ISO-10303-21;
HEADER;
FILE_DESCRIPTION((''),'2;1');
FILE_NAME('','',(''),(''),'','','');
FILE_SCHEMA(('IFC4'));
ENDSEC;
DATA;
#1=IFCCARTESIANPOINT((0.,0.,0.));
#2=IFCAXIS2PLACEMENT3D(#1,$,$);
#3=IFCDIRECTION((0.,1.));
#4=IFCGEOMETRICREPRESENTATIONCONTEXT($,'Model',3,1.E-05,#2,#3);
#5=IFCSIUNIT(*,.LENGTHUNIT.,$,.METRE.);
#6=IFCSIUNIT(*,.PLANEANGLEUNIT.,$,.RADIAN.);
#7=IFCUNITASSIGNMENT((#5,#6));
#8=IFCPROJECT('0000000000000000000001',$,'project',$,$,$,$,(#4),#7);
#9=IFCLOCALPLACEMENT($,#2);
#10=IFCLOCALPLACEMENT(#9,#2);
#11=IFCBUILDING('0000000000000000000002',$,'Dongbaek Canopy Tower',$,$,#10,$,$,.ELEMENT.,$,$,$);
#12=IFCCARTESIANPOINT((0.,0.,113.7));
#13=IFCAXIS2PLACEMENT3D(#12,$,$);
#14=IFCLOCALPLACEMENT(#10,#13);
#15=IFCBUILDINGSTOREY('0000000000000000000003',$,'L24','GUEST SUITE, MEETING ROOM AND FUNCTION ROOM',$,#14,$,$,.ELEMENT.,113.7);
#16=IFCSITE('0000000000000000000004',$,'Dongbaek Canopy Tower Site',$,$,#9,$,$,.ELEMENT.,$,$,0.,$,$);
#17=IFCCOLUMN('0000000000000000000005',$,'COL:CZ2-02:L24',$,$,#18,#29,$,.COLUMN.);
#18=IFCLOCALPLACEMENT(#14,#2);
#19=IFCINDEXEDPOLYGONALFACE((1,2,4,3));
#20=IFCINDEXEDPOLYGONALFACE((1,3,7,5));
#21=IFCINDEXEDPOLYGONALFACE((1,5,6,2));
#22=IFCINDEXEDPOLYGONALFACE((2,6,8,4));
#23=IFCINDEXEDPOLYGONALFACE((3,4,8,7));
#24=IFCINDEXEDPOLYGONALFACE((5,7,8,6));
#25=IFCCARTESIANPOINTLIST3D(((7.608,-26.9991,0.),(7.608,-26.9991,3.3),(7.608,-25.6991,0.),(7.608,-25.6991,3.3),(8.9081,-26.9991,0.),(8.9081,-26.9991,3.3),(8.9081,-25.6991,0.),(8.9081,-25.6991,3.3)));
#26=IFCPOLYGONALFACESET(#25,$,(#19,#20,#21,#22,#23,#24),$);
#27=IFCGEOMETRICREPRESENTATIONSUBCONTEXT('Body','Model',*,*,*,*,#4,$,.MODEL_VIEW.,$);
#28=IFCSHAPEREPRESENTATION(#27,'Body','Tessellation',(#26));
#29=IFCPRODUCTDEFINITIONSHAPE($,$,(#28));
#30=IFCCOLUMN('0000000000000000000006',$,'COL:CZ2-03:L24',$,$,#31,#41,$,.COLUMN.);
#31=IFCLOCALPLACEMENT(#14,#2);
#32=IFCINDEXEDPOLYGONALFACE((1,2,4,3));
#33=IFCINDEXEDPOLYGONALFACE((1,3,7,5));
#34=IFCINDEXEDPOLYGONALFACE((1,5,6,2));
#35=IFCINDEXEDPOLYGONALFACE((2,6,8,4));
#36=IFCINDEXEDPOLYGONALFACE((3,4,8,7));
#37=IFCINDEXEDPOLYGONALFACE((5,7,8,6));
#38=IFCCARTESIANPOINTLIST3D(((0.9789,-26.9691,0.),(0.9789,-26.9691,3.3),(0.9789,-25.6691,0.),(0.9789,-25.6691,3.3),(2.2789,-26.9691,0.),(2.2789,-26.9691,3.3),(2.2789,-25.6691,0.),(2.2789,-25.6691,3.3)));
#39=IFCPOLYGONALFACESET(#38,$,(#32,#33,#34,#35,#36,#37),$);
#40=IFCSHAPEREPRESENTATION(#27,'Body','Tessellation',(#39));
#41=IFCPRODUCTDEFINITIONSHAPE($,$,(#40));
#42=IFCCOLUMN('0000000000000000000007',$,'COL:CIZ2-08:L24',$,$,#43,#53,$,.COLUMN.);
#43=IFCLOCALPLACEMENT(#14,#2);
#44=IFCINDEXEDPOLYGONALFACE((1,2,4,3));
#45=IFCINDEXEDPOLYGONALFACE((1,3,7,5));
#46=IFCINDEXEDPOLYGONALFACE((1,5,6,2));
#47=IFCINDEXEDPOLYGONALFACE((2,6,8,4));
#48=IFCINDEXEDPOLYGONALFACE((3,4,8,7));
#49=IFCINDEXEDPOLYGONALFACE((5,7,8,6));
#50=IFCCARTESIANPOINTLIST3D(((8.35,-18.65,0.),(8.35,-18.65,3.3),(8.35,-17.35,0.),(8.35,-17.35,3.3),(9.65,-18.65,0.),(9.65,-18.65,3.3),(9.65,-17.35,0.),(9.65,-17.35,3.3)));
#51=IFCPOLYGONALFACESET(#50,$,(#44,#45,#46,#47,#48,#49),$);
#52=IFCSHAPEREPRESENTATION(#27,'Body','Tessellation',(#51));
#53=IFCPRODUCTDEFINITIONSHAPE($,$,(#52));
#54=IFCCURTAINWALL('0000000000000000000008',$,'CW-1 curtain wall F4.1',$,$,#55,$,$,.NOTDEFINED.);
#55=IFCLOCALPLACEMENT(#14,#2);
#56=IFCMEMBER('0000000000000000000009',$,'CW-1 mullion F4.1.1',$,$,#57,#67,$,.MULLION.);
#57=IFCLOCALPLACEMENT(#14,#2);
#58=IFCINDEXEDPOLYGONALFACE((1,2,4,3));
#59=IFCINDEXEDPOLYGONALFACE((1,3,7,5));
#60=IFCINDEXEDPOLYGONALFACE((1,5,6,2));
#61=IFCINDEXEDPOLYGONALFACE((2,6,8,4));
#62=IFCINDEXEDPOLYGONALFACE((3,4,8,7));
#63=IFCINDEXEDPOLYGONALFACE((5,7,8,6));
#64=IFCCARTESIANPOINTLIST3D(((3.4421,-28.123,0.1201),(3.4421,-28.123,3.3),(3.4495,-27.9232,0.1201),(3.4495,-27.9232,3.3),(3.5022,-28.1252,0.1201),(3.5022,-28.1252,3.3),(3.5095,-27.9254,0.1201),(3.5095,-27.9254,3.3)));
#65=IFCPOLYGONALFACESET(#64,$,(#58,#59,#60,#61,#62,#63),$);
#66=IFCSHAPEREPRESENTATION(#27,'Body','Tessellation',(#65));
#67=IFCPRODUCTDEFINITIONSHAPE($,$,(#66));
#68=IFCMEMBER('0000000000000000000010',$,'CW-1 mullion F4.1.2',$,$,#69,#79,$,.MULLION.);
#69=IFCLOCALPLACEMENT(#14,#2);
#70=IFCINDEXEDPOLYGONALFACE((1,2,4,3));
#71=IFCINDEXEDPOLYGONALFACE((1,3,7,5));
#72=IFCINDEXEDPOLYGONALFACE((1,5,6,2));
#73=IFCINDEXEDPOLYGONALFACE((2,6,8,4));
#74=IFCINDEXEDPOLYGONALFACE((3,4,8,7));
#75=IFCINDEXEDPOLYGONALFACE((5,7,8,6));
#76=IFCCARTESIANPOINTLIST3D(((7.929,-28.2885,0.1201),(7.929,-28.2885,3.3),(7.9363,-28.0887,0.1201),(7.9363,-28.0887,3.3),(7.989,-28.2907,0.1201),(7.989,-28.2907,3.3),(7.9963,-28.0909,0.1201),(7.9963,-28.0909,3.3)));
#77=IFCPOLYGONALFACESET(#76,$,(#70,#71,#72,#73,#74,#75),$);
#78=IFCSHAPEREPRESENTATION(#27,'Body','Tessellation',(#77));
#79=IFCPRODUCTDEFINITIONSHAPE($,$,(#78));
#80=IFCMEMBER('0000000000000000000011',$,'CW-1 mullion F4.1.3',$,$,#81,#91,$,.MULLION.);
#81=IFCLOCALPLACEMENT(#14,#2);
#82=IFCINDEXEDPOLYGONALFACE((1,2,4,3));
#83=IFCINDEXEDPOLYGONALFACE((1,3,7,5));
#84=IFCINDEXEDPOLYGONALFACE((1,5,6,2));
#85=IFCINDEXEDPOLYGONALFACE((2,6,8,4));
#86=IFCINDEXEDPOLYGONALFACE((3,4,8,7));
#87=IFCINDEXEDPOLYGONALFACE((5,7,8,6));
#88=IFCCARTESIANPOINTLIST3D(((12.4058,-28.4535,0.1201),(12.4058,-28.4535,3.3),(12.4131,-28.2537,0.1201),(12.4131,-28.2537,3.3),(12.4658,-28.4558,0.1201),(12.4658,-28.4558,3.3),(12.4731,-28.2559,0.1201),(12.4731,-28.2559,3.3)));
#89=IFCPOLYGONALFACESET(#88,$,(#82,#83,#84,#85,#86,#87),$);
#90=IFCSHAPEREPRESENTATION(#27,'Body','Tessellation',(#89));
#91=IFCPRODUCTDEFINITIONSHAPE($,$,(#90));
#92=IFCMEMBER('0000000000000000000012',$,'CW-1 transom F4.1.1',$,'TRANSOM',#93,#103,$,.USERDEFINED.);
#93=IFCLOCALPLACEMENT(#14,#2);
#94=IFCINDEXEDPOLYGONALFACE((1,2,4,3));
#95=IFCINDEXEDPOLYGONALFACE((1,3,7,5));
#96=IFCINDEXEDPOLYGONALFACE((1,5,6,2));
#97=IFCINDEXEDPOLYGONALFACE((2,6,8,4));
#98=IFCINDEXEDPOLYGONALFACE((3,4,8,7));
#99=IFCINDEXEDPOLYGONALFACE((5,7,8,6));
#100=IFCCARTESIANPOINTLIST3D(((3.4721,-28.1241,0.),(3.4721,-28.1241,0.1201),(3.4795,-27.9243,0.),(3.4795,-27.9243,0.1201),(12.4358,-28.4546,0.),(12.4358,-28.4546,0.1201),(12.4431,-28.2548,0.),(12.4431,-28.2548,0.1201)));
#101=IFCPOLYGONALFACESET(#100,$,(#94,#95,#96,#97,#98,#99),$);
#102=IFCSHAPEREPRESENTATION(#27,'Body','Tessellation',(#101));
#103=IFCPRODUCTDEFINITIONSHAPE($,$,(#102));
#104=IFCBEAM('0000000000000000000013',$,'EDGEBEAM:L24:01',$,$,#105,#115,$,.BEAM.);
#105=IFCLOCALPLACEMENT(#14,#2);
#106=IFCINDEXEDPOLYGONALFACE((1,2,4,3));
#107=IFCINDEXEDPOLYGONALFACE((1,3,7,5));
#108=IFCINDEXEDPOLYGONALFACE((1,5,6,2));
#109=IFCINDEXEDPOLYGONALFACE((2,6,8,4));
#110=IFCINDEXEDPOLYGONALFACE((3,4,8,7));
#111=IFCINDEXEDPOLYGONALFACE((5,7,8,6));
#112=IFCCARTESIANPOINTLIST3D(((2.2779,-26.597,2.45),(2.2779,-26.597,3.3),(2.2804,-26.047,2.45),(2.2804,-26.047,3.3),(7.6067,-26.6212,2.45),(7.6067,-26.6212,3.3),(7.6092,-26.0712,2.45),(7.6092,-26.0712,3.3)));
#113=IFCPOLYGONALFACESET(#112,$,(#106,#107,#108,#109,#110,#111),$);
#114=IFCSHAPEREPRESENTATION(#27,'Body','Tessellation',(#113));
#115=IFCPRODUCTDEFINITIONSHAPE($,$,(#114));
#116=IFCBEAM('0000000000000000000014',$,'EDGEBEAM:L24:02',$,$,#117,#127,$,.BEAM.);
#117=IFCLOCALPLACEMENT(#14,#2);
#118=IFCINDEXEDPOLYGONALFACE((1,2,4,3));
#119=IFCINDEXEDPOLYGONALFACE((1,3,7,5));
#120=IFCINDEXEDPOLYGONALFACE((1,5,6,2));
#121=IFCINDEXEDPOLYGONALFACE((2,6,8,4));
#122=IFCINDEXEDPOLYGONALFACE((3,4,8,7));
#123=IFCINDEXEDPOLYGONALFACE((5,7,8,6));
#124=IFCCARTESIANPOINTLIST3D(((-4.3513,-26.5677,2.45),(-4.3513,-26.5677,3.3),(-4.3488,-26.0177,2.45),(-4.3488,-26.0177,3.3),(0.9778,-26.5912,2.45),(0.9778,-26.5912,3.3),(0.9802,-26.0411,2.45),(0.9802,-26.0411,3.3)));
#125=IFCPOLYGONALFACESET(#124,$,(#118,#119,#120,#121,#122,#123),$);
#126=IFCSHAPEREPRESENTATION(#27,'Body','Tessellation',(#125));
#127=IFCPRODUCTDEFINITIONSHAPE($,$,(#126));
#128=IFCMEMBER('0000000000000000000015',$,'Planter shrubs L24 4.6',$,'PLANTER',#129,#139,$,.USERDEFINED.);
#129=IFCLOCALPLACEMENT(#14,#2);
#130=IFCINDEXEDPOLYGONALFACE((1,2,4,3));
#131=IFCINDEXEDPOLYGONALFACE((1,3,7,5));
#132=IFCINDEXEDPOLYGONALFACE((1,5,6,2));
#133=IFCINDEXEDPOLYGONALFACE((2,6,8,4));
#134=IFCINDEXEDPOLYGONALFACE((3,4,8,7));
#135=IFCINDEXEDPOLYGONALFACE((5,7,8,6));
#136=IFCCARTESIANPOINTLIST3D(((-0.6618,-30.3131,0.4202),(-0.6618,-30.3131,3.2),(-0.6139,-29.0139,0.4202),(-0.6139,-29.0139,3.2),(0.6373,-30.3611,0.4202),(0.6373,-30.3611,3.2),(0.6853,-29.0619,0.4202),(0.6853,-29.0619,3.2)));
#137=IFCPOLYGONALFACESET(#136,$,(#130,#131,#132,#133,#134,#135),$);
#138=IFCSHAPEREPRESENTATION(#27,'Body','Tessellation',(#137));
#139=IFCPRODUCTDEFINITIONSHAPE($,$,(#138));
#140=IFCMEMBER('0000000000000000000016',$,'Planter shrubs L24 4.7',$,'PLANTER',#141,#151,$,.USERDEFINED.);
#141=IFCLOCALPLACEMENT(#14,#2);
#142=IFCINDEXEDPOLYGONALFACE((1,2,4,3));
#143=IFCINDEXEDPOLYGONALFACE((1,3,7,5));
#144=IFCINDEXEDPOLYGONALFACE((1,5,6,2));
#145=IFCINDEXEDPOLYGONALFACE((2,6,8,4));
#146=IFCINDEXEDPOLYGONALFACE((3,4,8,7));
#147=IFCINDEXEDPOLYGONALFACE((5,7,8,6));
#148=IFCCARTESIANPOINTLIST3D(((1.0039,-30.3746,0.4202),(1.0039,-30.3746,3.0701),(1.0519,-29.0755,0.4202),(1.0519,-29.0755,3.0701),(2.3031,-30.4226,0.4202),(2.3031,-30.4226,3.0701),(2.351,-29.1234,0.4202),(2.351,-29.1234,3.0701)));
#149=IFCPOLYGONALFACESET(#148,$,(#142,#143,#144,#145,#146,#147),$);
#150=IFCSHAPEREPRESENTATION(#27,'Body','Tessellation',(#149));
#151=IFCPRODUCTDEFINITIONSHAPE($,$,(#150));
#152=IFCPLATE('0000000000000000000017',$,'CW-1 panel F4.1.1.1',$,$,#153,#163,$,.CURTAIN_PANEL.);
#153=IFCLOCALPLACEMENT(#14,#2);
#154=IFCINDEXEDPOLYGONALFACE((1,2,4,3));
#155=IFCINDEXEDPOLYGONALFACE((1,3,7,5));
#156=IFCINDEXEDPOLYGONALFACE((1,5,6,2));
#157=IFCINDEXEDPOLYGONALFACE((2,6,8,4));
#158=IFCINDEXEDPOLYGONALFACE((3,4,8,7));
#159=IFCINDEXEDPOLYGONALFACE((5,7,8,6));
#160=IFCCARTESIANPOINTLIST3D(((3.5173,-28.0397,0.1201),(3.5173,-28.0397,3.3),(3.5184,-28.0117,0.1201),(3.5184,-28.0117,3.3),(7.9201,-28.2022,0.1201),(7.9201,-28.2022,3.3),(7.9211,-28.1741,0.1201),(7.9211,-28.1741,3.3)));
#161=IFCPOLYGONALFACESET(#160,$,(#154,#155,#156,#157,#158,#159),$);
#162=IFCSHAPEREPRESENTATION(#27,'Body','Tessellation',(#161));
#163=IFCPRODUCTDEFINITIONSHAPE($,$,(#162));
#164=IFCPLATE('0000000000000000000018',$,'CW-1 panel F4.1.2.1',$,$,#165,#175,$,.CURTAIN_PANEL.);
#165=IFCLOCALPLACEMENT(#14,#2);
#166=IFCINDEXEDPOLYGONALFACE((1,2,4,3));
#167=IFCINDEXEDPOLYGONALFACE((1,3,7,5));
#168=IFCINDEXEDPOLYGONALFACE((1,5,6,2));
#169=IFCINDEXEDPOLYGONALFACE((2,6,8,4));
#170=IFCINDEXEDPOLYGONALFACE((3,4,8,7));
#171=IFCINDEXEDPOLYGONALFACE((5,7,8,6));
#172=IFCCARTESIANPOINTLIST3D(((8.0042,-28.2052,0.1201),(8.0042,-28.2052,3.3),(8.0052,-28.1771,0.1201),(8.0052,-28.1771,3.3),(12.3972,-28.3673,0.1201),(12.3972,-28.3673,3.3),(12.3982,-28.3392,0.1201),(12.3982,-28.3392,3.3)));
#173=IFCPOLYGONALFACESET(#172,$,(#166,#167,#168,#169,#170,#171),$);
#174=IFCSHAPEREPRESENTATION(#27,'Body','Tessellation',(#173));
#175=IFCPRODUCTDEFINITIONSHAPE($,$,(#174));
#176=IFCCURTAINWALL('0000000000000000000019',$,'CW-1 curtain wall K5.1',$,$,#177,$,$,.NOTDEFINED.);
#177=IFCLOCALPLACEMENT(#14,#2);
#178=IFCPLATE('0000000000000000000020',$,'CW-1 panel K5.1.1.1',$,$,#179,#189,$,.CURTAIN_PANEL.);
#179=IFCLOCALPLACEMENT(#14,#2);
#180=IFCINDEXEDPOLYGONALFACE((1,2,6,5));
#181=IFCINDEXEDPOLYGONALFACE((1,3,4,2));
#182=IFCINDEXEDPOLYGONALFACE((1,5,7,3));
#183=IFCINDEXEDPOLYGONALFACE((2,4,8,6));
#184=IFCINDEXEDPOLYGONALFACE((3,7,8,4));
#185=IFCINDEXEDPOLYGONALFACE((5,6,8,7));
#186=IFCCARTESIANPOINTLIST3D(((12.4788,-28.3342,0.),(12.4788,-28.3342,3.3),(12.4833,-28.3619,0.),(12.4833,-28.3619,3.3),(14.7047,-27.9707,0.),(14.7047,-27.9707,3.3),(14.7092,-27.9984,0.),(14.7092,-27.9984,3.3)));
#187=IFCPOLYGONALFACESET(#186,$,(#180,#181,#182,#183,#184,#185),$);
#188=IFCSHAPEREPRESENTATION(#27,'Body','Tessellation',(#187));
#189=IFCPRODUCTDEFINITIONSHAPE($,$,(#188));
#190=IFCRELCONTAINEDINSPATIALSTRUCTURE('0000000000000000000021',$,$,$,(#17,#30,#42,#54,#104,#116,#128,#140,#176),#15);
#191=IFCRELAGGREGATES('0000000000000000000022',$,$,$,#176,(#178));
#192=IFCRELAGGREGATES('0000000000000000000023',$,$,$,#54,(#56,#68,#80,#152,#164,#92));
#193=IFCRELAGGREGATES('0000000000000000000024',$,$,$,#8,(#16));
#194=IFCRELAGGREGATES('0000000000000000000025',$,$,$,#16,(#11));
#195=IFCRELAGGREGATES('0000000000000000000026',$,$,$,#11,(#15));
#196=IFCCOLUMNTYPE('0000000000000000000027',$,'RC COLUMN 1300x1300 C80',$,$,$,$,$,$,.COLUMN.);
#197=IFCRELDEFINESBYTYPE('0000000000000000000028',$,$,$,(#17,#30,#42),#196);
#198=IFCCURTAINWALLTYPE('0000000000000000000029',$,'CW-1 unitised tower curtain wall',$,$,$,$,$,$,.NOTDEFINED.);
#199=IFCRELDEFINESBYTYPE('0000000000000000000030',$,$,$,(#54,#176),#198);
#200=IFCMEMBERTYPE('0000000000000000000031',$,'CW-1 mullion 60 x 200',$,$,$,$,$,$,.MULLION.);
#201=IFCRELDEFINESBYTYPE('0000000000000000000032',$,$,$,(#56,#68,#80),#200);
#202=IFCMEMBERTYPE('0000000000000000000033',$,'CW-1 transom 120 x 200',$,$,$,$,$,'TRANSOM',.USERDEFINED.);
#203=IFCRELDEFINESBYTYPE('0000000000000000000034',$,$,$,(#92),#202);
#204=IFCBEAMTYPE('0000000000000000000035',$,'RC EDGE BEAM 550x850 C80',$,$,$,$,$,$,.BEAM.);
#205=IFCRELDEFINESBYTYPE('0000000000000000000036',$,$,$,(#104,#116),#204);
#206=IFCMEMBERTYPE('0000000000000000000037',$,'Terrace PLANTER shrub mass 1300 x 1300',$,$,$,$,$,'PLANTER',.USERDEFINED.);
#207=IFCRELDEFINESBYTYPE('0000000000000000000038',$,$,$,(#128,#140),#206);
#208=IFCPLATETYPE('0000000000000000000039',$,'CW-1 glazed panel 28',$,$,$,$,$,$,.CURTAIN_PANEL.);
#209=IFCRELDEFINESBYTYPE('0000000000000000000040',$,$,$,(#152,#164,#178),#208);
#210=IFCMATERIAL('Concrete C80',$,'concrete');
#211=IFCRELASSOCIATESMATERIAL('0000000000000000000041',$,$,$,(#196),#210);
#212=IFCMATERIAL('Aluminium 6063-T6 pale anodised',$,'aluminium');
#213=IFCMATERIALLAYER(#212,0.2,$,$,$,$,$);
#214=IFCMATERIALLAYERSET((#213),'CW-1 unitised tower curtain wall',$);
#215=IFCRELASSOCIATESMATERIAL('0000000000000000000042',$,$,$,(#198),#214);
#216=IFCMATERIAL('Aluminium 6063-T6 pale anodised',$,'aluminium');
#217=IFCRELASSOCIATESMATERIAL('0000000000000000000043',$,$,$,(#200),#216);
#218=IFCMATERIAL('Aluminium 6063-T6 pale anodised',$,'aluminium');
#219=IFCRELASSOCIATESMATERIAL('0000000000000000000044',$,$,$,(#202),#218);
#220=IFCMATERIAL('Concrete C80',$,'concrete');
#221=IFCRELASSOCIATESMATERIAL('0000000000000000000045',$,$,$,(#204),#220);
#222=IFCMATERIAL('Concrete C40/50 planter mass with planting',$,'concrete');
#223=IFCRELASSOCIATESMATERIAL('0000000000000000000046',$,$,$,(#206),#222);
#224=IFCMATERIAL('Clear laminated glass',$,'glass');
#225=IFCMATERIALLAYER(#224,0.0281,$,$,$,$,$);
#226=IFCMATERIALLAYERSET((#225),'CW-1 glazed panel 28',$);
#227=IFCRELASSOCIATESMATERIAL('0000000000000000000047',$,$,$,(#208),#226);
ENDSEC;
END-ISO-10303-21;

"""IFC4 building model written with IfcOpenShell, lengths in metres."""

from ifc_helpers import new_model, si_unit, direction, frame, origin, origin_2d, place, context, subcontext, project, spatial, rectangle, extrude, material, layer, layer_set, material_profile, profile_set, type_object, element, aggregate, save


model = new_model("IFC4")

# Units and contexts
model_context = context("Model", 3, precision=1e-05, world=origin(), true_north=direction((0.0, 1.0)))
body_context = subcontext(model_context, "Body", "Model", "MODEL_VIEW")
ifc_project = project(units=[si_unit("LENGTHUNIT", "METRE"), si_unit("PLANEANGLEUNIT", "RADIAN")], contexts=[model_context])

# Site, building, storey
site_placement = place(None, origin())
site = spatial("IfcSite", under=ifc_project, at=site_placement, Name="Dongbaek Canopy Tower Site", CompositionType="ELEMENT", RefElevation=0.0)
building_placement = place(site_placement, origin())
building = spatial("IfcBuilding", under=site, at=building_placement, Name="Dongbaek Canopy Tower", CompositionType="ELEMENT")
storey_placement = place(building_placement, frame((0.0, 0.0, 113.7)))
storey = spatial("IfcBuildingStorey", under=building, at=storey_placement, Name="L24", Description="GUEST SUITE, MEETING ROOM AND FUNCTION ROOM", CompositionType="ELEMENT", Elevation=113.7)

# Columns
ifc_material_1 = material(Name="Concrete C80", Category="concrete")
ifc_material_profile_1 = material_profile(ifc_material_1, rectangle(XDim=1.3, YDim=1.3, at=origin_2d()), Name="RC COLUMN 1300x1300 C80")
ifc_profile_set_1 = profile_set([ifc_material_profile_1], Name="Concrete C80")
column_type = type_object("IfcColumnType", Name="RC COLUMN 1300x1300 C80", PredefinedType="COLUMN", material=ifc_profile_set_1)
for number, where, z_axis, x_axis, name in (
    (1, (8.2581, -26.3491, 0.0), (0.0, 0.0, 1.0), (1.0, 0.0, 0.0), "COL:CZ2-02:L24"),
    (2, (1.6289, -26.3191, 0.0), (0.0, 0.0, 1.0), (1.0, 0.0, 0.0), "COL:CZ2-03:L24"),
    (3, (9.0, -18.0, 0.0), (0.0, 0.0, 1.0), (1.0, 0.0, 0.0), "COL:CIZ2-08:L24"),
):
    element("IfcColumn", number, at=place(storey_placement, frame(where, z_axis=z_axis, x_axis=x_axis)), inside=storey, type_object=column_type, Name=name, PredefinedType="COLUMN", context=body_context, shape_type="SweptSolid", body=[
        extrude(rectangle(XDim=1.3, YDim=1.3, at=origin_2d()), origin(), (0.0, 0.0, 1.0), 3.3),
    ])

# Curtain wall, members
ifc_material_2 = material(Name="Aluminium 6063-T6 pale anodised", Category="aluminium")
ifc_layer_1 = layer(ifc_material_2, 0.2)
ifc_layer_set_1 = layer_set([ifc_layer_1], Name="CW-1 unitised tower curtain wall")
curtain_wall_type = type_object("IfcCurtainWallType", Name="CW-1 unitised tower curtain wall", PredefinedType="NOTDEFINED", material=ifc_layer_set_1)
curtain_wall_1_placement = place(storey_placement, origin())
curtain_wall_1 = element("IfcCurtainWall", 4, at=curtain_wall_1_placement, inside=storey, type_object=curtain_wall_type, Name="CW-1 curtain wall F4.1", PredefinedType="NOTDEFINED")
ifc_material_3 = material(Name="Aluminium 6063-T6 pale anodised", Category="aluminium")
ifc_material_profile_2 = material_profile(ifc_material_3, rectangle(XDim=0.2, YDim=0.0601, at=origin_2d()), Name="CW-1 mullion 60 x 200")
ifc_profile_set_2 = profile_set([ifc_material_profile_2], Name="Aluminium 6063-T6 pale anodised")
member_type_1 = type_object("IfcMemberType", Name="CW-1 mullion 60 x 200", PredefinedType="MULLION", material=ifc_profile_set_2)
member_1_placement = place(storey_placement, frame((3.4758, -28.0242, 0.1201), z_axis=(0.0, 0.0, 1.0), x_axis=(-0.036873, -0.99932, 0.0)))
member_1 = element("IfcMember", 5, at=member_1_placement, type_object=member_type_1, Name="CW-1 mullion F4.1.1", PredefinedType="MULLION", context=body_context, shape_type="SweptSolid", body=[
    extrude(rectangle(XDim=0.2, YDim=0.0601, at=origin_2d()), origin(), (0.0, 0.0, 1.0), 3.1799),
])
member_2_placement = place(storey_placement, frame((7.9626, -28.1897, 0.1201), z_axis=(0.0, 0.0, 1.0), x_axis=(-0.036873, -0.99932, 0.0)))
member_2 = element("IfcMember", 6, at=member_2_placement, type_object=member_type_1, Name="CW-1 mullion F4.1.2", PredefinedType="MULLION", context=body_context, shape_type="SweptSolid", body=[
    extrude(rectangle(XDim=0.2, YDim=0.0601, at=origin_2d()), origin(), (0.0, 0.0, 1.0), 3.1799),
])
member_3_placement = place(storey_placement, frame((12.4395, -28.3547, 0.1201), z_axis=(0.0, 0.0, 1.0), x_axis=(-0.036873, -0.99932, 0.0)))
member_3 = element("IfcMember", 7, at=member_3_placement, type_object=member_type_1, Name="CW-1 mullion F4.1.3", PredefinedType="MULLION", context=body_context, shape_type="SweptSolid", body=[
    extrude(rectangle(XDim=0.2, YDim=0.0601, at=origin_2d()), origin(), (0.0, 0.0, 1.0), 3.1799),
])
ifc_material_4 = material(Name="Aluminium 6063-T6 pale anodised", Category="aluminium")
ifc_material_profile_3 = material_profile(ifc_material_4, rectangle(XDim=0.2, YDim=0.1201, at=origin_2d()), Name="CW-1 transom 120 x 200")
ifc_profile_set_3 = profile_set([ifc_material_profile_3], Name="Aluminium 6063-T6 pale anodised")
member_type_2 = type_object("IfcMemberType", Name="CW-1 transom 120 x 200", ElementType="TRANSOM", PredefinedType="USERDEFINED", material=ifc_profile_set_3)
member_4_placement = place(storey_placement, frame((3.4758, -28.0242, 0.0601), z_axis=(0.999321, -0.036854, 0.0), x_axis=(0.036854, 0.999321, 0.0)))
member_4 = element("IfcMember", 8, at=member_4_placement, type_object=member_type_2, Name="CW-1 transom F4.1.1", ObjectType="TRANSOM", PredefinedType="USERDEFINED", context=body_context, shape_type="SweptSolid", body=[
    extrude(rectangle(XDim=0.2, YDim=0.1201, at=origin_2d()), origin(), (0.0, 0.0, 1.0), 8.9697),
])

# Beams
ifc_material_5 = material(Name="Concrete C80", Category="concrete")
ifc_material_profile_4 = material_profile(ifc_material_5, rectangle(XDim=0.55, YDim=0.8501, at=origin_2d()), Name="RC EDGE BEAM 550x850 C80")
ifc_profile_set_4 = profile_set([ifc_material_profile_4], Name="Concrete C80")
beam_type = type_object("IfcBeamType", Name="RC EDGE BEAM 550x850 C80", PredefinedType="BEAM", material=ifc_profile_set_4)
beam_1_placement = place(storey_placement, frame((7.6079, -26.3462, 2.875), z_axis=(-0.99999, 0.004536, 0.0), x_axis=(-0.004536, -0.99999, 0.0)))
element("IfcBeam", 9, at=beam_1_placement, inside=storey, type_object=beam_type, Name="EDGEBEAM:L24:01", PredefinedType="BEAM", context=body_context, shape_type="SweptSolid", body=[
    extrude(rectangle(XDim=0.55, YDim=0.8501, at=origin_2d()), origin(), (0.0, 0.0, 1.0), 5.3289),
])
beam_2_placement = place(storey_placement, frame((0.979, -26.3162, 2.875), z_axis=(-0.99999, 0.004398, 0.0), x_axis=(-0.004398, -0.99999, 0.0)))
element("IfcBeam", 10, at=beam_2_placement, inside=storey, type_object=beam_type, Name="EDGEBEAM:L24:02", PredefinedType="BEAM", context=body_context, shape_type="SweptSolid", body=[
    extrude(rectangle(XDim=0.55, YDim=0.8501, at=origin_2d()), origin(), (0.0, 0.0, 1.0), 5.3291),
])

# Members
ifc_material_6 = material(Name="Concrete C40/50 planter mass with planting", Category="concrete")
ifc_material_profile_5 = material_profile(ifc_material_6, rectangle(XDim=1.3, YDim=1.3, at=origin_2d()), Name="Terrace PLANTER shrub mass 1300 x 1300")
ifc_profile_set_5 = profile_set([ifc_material_profile_5], Name="Concrete C40/50 planter mass with planting")
member_type_3 = type_object("IfcMemberType", Name="Terrace PLANTER shrub mass 1300 x 1300", ElementType="PLANTER", PredefinedType="USERDEFINED", material=ifc_profile_set_5)
member_5_placement = place(storey_placement, frame((0.0117, -29.6875, 0.4202), z_axis=(0.0, 0.0, 1.0), x_axis=(-0.036873, -0.99932, 0.0)))
element("IfcMember", 11, at=member_5_placement, inside=storey, type_object=member_type_3, Name="Planter shrubs L24 4.6", ObjectType="PLANTER", PredefinedType="USERDEFINED", context=body_context, shape_type="SweptSolid", body=[
    extrude(rectangle(XDim=1.3, YDim=1.3, at=origin_2d()), origin(), (0.0, 0.0, 1.0), 2.7798),
])
member_6_placement = place(storey_placement, frame((1.6775, -29.749, 0.4202), z_axis=(0.0, 0.0, 1.0), x_axis=(-0.036873, -0.99932, 0.0)))
element("IfcMember", 12, at=member_6_placement, inside=storey, type_object=member_type_3, Name="Planter shrubs L24 4.7", ObjectType="PLANTER", PredefinedType="USERDEFINED", context=body_context, shape_type="SweptSolid", body=[
    extrude(rectangle(XDim=1.3, YDim=1.3, at=origin_2d()), origin(), (0.0, 0.0, 1.0), 2.6499),
])

# Plates
ifc_material_7 = material(Name="Clear laminated glass", Category="glass")
ifc_layer_2 = layer(ifc_material_7, 0.0281)
ifc_layer_set_2 = layer_set([ifc_layer_2], Name="CW-1 glazed panel 28")
plate_type = type_object("IfcPlateType", Name="CW-1 glazed panel 28", PredefinedType="CURTAIN_PANEL", material=ifc_layer_set_2)
plate_1_placement = place(storey_placement, frame((5.7192, -28.1069, 0.1201), z_axis=(0.0, 0.0, 1.0), x_axis=(0.99932, -0.036873, 0.0)))
plate_1 = element("IfcPlate", 13, at=plate_1_placement, type_object=plate_type, Name="CW-1 panel F4.1.1.1", PredefinedType="CURTAIN_PANEL", context=body_context, shape_type="SweptSolid", body=[
    extrude(rectangle(XDim=4.4058, YDim=0.0281, at=origin_2d()), origin(), (0.0, 0.0, 1.0), 3.1799),
])
plate_2_placement = place(storey_placement, frame((10.2012, -28.2722, 0.1201), z_axis=(0.0, 0.0, 1.0), x_axis=(0.99932, -0.036873, 0.0)))
plate_2 = element("IfcPlate", 14, at=plate_2_placement, type_object=plate_type, Name="CW-1 panel F4.1.2.1", PredefinedType="CURTAIN_PANEL", context=body_context, shape_type="SweptSolid", body=[
    extrude(rectangle(XDim=4.396, YDim=0.0281, at=origin_2d()), origin(), (0.0, 0.0, 1.0), 3.1799),
])

# Curtain wall, plate
curtain_wall_2_placement = place(storey_placement, origin())
curtain_wall_2 = element("IfcCurtainWall", 15, at=curtain_wall_2_placement, inside=storey, type_object=curtain_wall_type, Name="CW-1 curtain wall K5.1", PredefinedType="NOTDEFINED")
plate_3_placement = place(storey_placement, frame((13.594, -28.1663, 0.0), z_axis=(0.0, 0.0, 1.0), x_axis=(0.986926, 0.161174, 0.0)))
plate_3 = element("IfcPlate", 16, at=plate_3_placement, type_object=plate_type, Name="CW-1 panel K5.1.1.1", PredefinedType="CURTAIN_PANEL", context=body_context, shape_type="SweptSolid", body=[
    extrude(rectangle(XDim=2.2554, YDim=0.0281, at=origin_2d()), origin(), (0.0, 0.0, 1.0), 3.3),
])
aggregate(curtain_wall_2, [plate_3])

aggregate(curtain_wall_1, [member_1, member_2, member_3, plate_1, plate_2, member_4])

save(model, "model.ifc")
